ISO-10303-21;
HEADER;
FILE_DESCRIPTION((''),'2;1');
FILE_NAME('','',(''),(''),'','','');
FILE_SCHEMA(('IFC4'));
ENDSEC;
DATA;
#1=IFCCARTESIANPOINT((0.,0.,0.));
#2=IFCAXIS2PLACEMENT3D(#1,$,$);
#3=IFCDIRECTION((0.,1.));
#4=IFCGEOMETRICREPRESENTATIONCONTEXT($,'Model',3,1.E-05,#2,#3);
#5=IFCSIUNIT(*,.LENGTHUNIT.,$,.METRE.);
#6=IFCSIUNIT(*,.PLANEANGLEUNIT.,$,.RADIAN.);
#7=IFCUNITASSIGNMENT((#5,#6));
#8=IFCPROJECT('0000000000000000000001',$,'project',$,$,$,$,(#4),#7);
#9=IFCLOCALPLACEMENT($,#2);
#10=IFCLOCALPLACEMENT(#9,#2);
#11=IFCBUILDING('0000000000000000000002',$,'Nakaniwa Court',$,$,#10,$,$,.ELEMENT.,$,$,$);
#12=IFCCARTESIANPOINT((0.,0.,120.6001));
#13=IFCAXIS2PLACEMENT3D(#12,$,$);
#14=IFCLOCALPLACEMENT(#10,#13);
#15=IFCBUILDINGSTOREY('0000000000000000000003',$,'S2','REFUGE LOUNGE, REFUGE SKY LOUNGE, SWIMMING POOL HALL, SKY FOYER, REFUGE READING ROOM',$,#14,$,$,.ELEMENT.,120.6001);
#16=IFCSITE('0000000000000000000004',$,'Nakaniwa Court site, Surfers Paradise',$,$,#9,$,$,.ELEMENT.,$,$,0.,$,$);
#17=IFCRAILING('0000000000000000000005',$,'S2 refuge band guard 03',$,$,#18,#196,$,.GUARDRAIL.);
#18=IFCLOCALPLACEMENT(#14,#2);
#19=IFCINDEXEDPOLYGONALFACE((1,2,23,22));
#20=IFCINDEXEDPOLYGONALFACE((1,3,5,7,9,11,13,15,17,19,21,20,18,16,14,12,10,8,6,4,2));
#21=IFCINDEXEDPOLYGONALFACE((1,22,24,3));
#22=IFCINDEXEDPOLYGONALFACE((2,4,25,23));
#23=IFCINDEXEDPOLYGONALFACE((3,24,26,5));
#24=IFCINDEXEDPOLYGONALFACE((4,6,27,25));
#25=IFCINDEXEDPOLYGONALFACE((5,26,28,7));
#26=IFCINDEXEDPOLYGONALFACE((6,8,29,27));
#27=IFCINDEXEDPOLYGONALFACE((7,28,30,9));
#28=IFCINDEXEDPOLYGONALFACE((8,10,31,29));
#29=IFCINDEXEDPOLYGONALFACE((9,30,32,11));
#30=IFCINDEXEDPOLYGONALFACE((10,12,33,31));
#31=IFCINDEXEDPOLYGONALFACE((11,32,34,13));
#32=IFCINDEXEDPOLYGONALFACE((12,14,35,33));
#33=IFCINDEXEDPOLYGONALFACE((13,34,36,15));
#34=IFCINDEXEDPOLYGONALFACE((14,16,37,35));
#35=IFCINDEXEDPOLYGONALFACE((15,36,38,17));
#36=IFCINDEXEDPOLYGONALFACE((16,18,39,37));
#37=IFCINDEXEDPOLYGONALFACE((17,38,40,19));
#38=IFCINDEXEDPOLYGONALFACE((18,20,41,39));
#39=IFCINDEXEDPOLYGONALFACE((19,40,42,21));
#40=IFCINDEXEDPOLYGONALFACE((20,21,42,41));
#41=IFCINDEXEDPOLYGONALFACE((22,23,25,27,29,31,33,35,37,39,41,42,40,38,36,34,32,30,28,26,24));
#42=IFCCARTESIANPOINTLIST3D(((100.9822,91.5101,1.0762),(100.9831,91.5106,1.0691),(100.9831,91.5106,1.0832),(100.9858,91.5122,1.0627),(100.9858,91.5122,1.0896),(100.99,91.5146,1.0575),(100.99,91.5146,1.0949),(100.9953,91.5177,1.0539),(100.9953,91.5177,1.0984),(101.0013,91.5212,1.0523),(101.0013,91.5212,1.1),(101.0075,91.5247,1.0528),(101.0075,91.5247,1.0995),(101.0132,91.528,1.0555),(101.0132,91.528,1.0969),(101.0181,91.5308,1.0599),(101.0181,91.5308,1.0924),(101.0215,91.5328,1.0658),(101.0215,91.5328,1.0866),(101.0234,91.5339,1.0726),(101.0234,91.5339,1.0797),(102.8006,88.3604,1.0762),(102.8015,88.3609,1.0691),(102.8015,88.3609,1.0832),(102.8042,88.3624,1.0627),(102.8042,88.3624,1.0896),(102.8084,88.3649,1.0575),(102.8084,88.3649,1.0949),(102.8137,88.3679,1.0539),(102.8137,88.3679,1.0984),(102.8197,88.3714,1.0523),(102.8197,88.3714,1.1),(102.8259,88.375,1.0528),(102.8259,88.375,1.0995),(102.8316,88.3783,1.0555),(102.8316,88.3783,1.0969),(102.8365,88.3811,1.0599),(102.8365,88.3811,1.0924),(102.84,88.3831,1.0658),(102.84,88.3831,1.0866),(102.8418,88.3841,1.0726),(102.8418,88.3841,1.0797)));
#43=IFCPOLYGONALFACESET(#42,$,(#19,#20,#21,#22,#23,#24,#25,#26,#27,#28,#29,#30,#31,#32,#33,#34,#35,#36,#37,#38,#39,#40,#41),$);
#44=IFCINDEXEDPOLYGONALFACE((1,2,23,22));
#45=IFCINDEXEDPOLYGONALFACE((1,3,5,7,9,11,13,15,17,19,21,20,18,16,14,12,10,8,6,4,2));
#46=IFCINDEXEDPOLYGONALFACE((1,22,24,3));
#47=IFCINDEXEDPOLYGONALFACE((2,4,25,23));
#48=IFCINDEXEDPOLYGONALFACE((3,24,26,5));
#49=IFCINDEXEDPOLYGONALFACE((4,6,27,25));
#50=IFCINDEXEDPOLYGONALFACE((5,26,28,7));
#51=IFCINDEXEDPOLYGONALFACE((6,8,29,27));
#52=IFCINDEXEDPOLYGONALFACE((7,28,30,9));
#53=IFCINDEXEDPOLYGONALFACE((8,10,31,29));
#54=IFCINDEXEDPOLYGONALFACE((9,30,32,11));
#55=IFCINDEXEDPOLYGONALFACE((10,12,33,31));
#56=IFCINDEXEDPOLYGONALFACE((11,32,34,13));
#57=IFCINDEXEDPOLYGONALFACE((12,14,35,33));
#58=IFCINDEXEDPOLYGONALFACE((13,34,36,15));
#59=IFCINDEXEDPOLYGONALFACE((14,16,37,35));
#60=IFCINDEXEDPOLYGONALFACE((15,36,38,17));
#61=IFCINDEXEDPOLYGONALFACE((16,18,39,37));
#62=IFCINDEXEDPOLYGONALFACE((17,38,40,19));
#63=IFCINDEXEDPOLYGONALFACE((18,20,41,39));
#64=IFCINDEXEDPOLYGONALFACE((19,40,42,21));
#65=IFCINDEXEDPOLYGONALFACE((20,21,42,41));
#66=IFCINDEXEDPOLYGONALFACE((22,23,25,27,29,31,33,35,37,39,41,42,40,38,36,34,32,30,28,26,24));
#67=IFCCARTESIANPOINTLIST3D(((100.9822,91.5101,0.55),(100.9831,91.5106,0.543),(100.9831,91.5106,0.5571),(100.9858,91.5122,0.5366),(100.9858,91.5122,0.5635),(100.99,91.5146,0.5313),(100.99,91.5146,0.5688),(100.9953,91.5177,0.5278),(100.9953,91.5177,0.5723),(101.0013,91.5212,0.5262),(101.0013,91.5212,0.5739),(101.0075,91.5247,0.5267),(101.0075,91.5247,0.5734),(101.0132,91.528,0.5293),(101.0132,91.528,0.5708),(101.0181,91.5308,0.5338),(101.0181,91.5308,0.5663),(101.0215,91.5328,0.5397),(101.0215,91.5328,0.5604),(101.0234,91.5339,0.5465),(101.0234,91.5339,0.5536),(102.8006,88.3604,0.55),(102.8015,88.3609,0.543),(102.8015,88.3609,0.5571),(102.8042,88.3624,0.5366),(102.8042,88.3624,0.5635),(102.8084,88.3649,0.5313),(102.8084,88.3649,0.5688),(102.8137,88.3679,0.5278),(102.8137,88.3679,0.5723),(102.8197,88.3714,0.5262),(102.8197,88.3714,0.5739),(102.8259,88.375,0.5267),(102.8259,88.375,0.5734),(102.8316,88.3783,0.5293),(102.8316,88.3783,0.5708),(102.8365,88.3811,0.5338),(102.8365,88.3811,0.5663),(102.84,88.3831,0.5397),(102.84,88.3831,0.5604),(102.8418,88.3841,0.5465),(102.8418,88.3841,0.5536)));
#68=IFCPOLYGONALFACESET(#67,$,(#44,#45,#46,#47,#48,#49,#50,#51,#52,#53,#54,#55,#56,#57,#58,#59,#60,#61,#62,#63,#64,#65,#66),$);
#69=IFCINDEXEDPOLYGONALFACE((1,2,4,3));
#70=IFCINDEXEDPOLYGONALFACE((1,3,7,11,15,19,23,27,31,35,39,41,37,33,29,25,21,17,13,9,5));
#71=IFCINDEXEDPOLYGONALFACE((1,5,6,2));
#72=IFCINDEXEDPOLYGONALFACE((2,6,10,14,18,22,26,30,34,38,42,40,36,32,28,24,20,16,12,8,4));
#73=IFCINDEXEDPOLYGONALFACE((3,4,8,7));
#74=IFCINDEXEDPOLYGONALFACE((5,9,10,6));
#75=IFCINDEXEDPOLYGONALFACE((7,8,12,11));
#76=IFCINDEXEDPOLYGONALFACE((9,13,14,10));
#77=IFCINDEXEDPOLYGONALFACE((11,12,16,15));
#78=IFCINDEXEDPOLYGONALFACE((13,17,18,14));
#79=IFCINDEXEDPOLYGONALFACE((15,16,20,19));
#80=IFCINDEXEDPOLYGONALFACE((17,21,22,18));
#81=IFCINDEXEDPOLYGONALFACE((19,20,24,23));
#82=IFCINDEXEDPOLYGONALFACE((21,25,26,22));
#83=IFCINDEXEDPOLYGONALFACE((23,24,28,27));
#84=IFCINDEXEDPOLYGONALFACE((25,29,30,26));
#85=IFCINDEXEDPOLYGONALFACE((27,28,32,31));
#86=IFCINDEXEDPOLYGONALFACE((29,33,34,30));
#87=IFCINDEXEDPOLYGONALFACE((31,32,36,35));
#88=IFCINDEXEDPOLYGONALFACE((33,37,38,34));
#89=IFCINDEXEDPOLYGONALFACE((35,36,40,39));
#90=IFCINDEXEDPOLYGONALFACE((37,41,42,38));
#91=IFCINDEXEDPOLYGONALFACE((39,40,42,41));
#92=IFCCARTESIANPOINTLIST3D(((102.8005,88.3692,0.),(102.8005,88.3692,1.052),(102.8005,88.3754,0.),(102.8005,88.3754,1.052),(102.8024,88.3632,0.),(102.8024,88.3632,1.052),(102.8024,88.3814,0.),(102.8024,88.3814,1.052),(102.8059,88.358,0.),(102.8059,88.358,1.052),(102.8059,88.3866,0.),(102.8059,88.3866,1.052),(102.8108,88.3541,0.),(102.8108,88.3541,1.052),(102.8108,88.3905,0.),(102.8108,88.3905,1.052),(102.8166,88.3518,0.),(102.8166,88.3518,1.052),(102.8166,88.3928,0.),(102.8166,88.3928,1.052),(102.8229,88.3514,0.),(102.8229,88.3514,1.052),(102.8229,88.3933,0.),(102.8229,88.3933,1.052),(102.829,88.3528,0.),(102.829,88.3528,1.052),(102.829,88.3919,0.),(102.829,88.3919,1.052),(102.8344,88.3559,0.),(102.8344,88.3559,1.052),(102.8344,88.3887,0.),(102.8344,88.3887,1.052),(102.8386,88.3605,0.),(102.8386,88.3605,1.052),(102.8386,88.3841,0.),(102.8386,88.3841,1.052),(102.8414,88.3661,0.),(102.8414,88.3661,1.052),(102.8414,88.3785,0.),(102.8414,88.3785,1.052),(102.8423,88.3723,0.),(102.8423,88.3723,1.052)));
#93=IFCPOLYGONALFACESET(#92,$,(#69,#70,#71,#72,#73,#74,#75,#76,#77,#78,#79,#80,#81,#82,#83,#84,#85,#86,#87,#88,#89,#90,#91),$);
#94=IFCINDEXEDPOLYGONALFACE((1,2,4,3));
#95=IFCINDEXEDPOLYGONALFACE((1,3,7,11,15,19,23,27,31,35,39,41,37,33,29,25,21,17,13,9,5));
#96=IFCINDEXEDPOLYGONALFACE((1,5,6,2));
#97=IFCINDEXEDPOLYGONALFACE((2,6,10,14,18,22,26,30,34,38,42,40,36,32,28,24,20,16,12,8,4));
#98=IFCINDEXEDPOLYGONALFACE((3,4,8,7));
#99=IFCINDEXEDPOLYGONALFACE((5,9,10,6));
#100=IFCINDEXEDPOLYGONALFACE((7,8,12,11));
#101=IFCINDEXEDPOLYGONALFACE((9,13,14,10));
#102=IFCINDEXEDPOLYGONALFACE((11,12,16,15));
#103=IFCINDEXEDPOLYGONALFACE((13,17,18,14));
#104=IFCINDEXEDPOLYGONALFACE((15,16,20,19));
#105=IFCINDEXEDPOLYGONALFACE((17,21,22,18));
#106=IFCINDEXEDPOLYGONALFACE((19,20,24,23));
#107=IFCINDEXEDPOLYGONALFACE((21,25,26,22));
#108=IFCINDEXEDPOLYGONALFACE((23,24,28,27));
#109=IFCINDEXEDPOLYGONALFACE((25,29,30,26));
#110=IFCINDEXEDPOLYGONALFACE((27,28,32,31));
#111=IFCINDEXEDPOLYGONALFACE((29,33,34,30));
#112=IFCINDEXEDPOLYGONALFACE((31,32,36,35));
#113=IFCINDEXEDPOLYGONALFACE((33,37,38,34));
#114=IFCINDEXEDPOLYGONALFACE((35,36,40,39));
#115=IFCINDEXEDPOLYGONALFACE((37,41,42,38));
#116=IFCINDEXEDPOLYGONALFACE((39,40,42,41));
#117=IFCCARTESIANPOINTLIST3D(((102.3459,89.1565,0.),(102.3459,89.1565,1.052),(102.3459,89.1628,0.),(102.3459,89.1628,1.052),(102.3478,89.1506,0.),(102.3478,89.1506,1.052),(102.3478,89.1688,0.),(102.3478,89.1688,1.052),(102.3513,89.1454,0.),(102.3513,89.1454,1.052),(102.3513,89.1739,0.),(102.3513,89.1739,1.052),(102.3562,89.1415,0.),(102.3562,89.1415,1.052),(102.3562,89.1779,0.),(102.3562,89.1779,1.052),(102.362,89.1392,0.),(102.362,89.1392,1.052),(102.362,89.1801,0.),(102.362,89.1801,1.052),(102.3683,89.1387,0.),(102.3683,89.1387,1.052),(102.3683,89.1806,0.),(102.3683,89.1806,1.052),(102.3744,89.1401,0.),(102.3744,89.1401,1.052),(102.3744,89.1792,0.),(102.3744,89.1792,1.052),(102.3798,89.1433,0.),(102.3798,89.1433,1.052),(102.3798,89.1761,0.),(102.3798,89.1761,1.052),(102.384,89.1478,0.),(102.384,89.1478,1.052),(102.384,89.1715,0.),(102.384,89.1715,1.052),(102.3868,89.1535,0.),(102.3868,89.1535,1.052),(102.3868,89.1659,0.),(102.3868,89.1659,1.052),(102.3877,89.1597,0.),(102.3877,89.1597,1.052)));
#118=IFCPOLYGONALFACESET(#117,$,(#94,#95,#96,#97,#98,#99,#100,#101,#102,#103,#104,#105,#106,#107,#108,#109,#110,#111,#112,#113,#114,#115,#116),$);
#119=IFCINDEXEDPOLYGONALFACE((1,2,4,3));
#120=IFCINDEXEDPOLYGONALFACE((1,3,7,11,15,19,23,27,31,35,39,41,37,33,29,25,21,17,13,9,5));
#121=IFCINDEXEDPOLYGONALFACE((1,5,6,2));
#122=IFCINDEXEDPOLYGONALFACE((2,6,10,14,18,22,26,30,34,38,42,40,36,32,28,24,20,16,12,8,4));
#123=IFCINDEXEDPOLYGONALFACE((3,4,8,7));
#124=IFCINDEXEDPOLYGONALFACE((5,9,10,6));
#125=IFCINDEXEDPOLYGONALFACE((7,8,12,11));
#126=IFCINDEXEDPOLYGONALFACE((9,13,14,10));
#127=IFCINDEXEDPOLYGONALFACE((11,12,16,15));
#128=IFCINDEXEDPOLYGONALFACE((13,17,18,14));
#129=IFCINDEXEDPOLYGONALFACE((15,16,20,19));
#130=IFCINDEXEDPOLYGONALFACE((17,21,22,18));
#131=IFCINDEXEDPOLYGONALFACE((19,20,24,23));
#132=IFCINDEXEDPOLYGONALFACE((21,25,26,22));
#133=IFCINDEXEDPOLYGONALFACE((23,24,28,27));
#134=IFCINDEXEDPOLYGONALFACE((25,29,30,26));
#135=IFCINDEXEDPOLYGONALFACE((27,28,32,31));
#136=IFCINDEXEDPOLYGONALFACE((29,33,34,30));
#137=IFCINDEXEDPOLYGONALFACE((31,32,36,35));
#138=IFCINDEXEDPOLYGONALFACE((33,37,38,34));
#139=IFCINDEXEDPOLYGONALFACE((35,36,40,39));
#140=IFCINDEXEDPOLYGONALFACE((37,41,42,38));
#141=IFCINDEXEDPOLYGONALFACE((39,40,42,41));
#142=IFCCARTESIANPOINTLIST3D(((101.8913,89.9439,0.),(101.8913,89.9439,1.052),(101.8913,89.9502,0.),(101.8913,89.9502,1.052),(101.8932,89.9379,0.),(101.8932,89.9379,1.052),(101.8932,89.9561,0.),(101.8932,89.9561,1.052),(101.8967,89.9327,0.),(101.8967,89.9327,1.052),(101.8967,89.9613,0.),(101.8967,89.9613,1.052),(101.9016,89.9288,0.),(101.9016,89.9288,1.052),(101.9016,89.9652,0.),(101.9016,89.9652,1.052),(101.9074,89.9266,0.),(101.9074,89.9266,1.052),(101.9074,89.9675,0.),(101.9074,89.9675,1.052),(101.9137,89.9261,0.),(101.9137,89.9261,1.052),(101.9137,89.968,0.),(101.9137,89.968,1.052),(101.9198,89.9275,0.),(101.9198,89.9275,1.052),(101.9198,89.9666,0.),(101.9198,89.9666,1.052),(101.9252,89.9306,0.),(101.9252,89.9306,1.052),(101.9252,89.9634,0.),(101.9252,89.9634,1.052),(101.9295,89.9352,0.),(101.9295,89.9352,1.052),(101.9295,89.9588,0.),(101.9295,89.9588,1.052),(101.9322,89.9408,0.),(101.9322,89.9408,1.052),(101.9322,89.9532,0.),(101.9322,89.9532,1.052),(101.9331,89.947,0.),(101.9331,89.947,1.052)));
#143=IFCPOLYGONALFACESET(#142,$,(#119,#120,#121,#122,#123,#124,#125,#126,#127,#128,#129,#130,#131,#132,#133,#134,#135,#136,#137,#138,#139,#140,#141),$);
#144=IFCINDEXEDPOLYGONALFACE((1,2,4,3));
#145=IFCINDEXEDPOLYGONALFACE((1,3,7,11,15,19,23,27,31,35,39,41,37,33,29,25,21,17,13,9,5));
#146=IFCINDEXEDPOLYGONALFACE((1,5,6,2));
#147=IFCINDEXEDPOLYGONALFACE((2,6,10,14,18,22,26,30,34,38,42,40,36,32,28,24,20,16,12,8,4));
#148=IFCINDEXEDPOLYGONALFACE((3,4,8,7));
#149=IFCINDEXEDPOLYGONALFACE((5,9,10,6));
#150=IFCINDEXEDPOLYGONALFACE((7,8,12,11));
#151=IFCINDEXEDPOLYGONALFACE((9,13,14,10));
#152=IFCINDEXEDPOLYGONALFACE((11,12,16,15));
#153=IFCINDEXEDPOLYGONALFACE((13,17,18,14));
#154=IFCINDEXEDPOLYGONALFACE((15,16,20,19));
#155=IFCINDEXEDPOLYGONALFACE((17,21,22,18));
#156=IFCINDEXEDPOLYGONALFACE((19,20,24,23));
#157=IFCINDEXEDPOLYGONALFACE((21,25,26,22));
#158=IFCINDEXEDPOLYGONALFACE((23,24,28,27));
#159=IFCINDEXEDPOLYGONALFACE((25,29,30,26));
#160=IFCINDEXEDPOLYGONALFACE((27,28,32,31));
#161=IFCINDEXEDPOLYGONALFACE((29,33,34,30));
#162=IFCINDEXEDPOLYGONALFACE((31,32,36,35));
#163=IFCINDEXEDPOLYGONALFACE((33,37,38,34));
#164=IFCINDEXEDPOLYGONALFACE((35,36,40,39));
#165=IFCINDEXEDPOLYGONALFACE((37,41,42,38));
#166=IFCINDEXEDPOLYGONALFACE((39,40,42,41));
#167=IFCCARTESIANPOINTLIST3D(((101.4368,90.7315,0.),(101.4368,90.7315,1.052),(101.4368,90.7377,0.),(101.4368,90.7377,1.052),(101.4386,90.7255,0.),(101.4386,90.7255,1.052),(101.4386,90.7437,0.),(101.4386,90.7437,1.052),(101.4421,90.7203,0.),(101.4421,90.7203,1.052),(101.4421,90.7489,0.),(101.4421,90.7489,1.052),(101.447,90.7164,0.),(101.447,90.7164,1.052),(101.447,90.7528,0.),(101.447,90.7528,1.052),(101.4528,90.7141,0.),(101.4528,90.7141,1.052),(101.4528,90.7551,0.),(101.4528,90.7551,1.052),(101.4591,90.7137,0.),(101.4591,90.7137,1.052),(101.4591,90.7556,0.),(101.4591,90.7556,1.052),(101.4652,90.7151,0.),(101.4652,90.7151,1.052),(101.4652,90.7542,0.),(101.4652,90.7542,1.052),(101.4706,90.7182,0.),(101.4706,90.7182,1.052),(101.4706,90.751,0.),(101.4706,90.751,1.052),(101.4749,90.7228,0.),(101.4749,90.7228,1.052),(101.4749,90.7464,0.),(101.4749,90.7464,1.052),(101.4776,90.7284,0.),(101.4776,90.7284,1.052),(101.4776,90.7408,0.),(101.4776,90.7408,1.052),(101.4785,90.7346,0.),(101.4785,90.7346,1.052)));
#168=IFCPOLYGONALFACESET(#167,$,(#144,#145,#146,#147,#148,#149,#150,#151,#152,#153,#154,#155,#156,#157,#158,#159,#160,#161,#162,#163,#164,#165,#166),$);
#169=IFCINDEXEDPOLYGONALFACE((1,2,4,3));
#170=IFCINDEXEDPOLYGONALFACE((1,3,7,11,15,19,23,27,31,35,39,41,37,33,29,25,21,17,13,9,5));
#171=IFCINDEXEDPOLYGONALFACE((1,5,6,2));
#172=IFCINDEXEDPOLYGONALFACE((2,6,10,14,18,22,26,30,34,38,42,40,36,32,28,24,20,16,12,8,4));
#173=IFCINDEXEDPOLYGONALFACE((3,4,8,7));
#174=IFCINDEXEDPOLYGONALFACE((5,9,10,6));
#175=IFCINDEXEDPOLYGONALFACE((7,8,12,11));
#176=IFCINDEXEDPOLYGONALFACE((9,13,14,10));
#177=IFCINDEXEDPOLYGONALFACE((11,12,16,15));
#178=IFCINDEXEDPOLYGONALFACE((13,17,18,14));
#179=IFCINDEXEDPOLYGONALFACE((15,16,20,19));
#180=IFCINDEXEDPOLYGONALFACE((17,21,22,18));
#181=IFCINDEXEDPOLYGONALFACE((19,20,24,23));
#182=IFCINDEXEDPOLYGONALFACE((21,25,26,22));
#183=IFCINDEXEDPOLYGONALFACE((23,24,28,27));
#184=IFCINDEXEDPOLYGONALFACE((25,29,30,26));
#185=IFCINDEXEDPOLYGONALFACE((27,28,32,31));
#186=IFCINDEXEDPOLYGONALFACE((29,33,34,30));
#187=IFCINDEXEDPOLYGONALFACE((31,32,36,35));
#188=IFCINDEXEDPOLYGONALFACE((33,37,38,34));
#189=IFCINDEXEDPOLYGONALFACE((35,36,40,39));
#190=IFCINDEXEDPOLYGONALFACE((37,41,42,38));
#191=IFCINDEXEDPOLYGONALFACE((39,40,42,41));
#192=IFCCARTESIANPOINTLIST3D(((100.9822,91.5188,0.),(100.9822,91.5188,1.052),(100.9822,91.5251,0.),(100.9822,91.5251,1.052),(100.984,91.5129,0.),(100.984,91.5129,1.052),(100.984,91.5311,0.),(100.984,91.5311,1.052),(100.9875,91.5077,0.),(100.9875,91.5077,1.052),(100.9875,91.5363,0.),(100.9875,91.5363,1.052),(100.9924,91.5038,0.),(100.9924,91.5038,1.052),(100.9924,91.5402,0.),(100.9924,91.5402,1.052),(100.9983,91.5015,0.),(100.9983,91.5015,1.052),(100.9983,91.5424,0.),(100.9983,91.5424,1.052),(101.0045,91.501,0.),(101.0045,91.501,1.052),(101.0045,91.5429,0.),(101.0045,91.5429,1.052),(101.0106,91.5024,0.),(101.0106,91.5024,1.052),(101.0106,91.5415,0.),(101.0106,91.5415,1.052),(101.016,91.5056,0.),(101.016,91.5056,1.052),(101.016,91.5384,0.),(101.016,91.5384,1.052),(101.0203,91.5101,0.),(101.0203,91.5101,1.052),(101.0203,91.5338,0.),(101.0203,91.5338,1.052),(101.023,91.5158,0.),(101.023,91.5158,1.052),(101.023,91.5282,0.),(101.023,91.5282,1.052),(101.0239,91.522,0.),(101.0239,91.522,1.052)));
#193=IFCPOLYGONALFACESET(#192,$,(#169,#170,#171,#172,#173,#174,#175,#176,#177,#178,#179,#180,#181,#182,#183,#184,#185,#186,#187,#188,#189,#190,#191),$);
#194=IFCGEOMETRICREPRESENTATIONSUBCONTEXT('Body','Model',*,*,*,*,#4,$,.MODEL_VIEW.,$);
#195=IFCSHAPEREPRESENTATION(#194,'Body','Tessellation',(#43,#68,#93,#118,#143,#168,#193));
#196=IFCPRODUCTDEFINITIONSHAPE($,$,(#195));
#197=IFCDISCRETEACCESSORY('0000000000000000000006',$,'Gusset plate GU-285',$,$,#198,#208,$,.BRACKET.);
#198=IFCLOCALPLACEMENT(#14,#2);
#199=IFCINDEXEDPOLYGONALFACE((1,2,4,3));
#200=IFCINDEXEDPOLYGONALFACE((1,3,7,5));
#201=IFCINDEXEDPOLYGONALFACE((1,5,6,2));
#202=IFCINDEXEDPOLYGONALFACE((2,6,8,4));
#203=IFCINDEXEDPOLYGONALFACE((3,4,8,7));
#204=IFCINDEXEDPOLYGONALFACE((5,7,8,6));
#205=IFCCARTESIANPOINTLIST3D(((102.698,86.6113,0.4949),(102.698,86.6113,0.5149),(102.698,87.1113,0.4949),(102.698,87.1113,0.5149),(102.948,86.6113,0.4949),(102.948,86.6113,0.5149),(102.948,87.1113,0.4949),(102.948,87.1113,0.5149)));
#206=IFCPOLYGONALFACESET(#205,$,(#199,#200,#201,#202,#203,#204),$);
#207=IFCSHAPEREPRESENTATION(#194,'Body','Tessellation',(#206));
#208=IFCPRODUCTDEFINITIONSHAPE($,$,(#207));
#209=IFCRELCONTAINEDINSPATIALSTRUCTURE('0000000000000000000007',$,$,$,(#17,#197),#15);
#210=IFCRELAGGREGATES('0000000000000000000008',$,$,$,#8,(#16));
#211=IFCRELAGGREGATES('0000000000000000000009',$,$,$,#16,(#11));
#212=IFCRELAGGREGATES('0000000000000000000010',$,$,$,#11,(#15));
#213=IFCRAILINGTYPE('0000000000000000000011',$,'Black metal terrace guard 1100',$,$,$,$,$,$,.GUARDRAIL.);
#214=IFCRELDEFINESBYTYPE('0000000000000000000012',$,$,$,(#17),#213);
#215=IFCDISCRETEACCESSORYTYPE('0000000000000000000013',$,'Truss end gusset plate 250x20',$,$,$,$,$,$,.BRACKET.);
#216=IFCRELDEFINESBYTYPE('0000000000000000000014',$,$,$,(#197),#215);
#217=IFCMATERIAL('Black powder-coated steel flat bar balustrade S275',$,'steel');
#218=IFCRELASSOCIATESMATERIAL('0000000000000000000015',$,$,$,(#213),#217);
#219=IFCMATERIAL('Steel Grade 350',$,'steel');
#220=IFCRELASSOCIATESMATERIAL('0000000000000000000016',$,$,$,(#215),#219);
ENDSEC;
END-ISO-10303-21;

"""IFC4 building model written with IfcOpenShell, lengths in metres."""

from ifc_helpers import new_model, si_unit, direction, frame, origin, origin_2d, place, context, subcontext, project, spatial, rectangle, circle, extrude, material, material_profile, profile_set, type_object, element, save


model = new_model("IFC4")

# Units and contexts
model_context = context("Model", 3, precision=1e-05, world=origin(), true_north=direction((0.0, 1.0)))
body_context = subcontext(model_context, "Body", "Model", "MODEL_VIEW")
ifc_project = project(units=[si_unit("LENGTHUNIT", "METRE"), si_unit("PLANEANGLEUNIT", "RADIAN")], contexts=[model_context])

# Site, building, storey
site_placement = place(None, origin())
site = spatial("IfcSite", under=ifc_project, at=site_placement, Name="Nakaniwa Court site, Surfers Paradise", CompositionType="ELEMENT", RefElevation=0.0)
building_placement = place(site_placement, origin())
building = spatial("IfcBuilding", under=site, at=building_placement, Name="Nakaniwa Court", CompositionType="ELEMENT")
storey_placement = place(building_placement, frame((0.0, 0.0, 120.6001)))
storey = spatial("IfcBuildingStorey", under=building, at=storey_placement, Name="S2", Description="REFUGE LOUNGE, REFUGE SKY LOUNGE, SWIMMING POOL HALL, SKY FOYER, REFUGE READING ROOM", CompositionType="ELEMENT", Elevation=120.6001)

# Shared definitions
ifc_material_1 = material(Name="Steel Grade 350", Category="steel")

# Railing
ifc_material_2 = material(Name="Black powder-coated steel flat bar balustrade S275", Category="steel")
railing_type = type_object("IfcRailingType", Name="Black metal terrace guard 1100", PredefinedType="GUARDRAIL", material=ifc_material_2)
railing_placement = place(storey_placement, frame((102.8213, 88.3723, 0.0)))
element("IfcRailing", 1, at=railing_placement, inside=storey, type_object=railing_type, Name="S2 refuge band guard 03", PredefinedType="GUARDRAIL", context=body_context, shape_type="SweptSolid", body=[
    extrude(circle(Radius=0.0239, at=origin_2d()), frame((0.0, 0.0, 1.0762), z_axis=(-0.49998, 0.866037, 0.0), x_axis=(-0.866037, -0.49998, 0.0)), (0.0, 0.0, 1.0), 3.637),
    extrude(circle(Radius=0.0239, at=origin_2d()), frame((0.0, 0.0, 0.55), z_axis=(-0.49998, 0.866037, 0.0), x_axis=(-0.866037, -0.49998, 0.0)), (0.0, 0.0, 1.0), 3.637),
    extrude(circle(Radius=0.021, at=origin_2d()), origin(), (0.0, 0.0, 1.0), 1.052),
    extrude(circle(Radius=0.021, at=origin_2d()), frame((-0.4546, 0.7874, 0.0)), (0.0, 0.0, 1.0), 1.052),
    extrude(circle(Radius=0.021, at=origin_2d()), frame((-0.9092, 1.5747, 0.0)), (0.0, 0.0, 1.0), 1.052),
    extrude(circle(Radius=0.021, at=origin_2d()), frame((-1.3638, 2.3623, 0.0)), (0.0, 0.0, 1.0), 1.052),
    extrude(circle(Radius=0.021, at=origin_2d()), frame((-1.8184, 3.1497, 0.0)), (0.0, 0.0, 1.0), 1.052),
])

# Discrete accessory
ifc_material_profile_1 = material_profile(ifc_material_1, rectangle(XDim=0.25, YDim=0.02, at=origin_2d()), Name="Truss end gusset plate 250x20")
ifc_profile_set_1 = profile_set([ifc_material_profile_1], Name="Steel Grade 350")
discrete_accessory_type = type_object("IfcDiscreteAccessoryType", Name="Truss end gusset plate 250x20", PredefinedType="BRACKET", material=ifc_profile_set_1)
for number, where, z_axis, x_axis, name in (
    (2, (102.823, 86.6113, 0.5049), (0.0, 1.0, 0.0), (-1.0, 0.0, 0.0), "Gusset plate GU-285"),
):
    element("IfcDiscreteAccessory", number, at=place(storey_placement, frame(where, z_axis=z_axis, x_axis=x_axis)), inside=storey, type_object=discrete_accessory_type, Name=name, PredefinedType="BRACKET", context=body_context, shape_type="SweptSolid", body=[
        extrude(rectangle(XDim=0.25, YDim=0.02, at=origin_2d()), origin(), (0.0, 0.0, 1.0), 0.5),
    ])

save(model, "model.ifc")
